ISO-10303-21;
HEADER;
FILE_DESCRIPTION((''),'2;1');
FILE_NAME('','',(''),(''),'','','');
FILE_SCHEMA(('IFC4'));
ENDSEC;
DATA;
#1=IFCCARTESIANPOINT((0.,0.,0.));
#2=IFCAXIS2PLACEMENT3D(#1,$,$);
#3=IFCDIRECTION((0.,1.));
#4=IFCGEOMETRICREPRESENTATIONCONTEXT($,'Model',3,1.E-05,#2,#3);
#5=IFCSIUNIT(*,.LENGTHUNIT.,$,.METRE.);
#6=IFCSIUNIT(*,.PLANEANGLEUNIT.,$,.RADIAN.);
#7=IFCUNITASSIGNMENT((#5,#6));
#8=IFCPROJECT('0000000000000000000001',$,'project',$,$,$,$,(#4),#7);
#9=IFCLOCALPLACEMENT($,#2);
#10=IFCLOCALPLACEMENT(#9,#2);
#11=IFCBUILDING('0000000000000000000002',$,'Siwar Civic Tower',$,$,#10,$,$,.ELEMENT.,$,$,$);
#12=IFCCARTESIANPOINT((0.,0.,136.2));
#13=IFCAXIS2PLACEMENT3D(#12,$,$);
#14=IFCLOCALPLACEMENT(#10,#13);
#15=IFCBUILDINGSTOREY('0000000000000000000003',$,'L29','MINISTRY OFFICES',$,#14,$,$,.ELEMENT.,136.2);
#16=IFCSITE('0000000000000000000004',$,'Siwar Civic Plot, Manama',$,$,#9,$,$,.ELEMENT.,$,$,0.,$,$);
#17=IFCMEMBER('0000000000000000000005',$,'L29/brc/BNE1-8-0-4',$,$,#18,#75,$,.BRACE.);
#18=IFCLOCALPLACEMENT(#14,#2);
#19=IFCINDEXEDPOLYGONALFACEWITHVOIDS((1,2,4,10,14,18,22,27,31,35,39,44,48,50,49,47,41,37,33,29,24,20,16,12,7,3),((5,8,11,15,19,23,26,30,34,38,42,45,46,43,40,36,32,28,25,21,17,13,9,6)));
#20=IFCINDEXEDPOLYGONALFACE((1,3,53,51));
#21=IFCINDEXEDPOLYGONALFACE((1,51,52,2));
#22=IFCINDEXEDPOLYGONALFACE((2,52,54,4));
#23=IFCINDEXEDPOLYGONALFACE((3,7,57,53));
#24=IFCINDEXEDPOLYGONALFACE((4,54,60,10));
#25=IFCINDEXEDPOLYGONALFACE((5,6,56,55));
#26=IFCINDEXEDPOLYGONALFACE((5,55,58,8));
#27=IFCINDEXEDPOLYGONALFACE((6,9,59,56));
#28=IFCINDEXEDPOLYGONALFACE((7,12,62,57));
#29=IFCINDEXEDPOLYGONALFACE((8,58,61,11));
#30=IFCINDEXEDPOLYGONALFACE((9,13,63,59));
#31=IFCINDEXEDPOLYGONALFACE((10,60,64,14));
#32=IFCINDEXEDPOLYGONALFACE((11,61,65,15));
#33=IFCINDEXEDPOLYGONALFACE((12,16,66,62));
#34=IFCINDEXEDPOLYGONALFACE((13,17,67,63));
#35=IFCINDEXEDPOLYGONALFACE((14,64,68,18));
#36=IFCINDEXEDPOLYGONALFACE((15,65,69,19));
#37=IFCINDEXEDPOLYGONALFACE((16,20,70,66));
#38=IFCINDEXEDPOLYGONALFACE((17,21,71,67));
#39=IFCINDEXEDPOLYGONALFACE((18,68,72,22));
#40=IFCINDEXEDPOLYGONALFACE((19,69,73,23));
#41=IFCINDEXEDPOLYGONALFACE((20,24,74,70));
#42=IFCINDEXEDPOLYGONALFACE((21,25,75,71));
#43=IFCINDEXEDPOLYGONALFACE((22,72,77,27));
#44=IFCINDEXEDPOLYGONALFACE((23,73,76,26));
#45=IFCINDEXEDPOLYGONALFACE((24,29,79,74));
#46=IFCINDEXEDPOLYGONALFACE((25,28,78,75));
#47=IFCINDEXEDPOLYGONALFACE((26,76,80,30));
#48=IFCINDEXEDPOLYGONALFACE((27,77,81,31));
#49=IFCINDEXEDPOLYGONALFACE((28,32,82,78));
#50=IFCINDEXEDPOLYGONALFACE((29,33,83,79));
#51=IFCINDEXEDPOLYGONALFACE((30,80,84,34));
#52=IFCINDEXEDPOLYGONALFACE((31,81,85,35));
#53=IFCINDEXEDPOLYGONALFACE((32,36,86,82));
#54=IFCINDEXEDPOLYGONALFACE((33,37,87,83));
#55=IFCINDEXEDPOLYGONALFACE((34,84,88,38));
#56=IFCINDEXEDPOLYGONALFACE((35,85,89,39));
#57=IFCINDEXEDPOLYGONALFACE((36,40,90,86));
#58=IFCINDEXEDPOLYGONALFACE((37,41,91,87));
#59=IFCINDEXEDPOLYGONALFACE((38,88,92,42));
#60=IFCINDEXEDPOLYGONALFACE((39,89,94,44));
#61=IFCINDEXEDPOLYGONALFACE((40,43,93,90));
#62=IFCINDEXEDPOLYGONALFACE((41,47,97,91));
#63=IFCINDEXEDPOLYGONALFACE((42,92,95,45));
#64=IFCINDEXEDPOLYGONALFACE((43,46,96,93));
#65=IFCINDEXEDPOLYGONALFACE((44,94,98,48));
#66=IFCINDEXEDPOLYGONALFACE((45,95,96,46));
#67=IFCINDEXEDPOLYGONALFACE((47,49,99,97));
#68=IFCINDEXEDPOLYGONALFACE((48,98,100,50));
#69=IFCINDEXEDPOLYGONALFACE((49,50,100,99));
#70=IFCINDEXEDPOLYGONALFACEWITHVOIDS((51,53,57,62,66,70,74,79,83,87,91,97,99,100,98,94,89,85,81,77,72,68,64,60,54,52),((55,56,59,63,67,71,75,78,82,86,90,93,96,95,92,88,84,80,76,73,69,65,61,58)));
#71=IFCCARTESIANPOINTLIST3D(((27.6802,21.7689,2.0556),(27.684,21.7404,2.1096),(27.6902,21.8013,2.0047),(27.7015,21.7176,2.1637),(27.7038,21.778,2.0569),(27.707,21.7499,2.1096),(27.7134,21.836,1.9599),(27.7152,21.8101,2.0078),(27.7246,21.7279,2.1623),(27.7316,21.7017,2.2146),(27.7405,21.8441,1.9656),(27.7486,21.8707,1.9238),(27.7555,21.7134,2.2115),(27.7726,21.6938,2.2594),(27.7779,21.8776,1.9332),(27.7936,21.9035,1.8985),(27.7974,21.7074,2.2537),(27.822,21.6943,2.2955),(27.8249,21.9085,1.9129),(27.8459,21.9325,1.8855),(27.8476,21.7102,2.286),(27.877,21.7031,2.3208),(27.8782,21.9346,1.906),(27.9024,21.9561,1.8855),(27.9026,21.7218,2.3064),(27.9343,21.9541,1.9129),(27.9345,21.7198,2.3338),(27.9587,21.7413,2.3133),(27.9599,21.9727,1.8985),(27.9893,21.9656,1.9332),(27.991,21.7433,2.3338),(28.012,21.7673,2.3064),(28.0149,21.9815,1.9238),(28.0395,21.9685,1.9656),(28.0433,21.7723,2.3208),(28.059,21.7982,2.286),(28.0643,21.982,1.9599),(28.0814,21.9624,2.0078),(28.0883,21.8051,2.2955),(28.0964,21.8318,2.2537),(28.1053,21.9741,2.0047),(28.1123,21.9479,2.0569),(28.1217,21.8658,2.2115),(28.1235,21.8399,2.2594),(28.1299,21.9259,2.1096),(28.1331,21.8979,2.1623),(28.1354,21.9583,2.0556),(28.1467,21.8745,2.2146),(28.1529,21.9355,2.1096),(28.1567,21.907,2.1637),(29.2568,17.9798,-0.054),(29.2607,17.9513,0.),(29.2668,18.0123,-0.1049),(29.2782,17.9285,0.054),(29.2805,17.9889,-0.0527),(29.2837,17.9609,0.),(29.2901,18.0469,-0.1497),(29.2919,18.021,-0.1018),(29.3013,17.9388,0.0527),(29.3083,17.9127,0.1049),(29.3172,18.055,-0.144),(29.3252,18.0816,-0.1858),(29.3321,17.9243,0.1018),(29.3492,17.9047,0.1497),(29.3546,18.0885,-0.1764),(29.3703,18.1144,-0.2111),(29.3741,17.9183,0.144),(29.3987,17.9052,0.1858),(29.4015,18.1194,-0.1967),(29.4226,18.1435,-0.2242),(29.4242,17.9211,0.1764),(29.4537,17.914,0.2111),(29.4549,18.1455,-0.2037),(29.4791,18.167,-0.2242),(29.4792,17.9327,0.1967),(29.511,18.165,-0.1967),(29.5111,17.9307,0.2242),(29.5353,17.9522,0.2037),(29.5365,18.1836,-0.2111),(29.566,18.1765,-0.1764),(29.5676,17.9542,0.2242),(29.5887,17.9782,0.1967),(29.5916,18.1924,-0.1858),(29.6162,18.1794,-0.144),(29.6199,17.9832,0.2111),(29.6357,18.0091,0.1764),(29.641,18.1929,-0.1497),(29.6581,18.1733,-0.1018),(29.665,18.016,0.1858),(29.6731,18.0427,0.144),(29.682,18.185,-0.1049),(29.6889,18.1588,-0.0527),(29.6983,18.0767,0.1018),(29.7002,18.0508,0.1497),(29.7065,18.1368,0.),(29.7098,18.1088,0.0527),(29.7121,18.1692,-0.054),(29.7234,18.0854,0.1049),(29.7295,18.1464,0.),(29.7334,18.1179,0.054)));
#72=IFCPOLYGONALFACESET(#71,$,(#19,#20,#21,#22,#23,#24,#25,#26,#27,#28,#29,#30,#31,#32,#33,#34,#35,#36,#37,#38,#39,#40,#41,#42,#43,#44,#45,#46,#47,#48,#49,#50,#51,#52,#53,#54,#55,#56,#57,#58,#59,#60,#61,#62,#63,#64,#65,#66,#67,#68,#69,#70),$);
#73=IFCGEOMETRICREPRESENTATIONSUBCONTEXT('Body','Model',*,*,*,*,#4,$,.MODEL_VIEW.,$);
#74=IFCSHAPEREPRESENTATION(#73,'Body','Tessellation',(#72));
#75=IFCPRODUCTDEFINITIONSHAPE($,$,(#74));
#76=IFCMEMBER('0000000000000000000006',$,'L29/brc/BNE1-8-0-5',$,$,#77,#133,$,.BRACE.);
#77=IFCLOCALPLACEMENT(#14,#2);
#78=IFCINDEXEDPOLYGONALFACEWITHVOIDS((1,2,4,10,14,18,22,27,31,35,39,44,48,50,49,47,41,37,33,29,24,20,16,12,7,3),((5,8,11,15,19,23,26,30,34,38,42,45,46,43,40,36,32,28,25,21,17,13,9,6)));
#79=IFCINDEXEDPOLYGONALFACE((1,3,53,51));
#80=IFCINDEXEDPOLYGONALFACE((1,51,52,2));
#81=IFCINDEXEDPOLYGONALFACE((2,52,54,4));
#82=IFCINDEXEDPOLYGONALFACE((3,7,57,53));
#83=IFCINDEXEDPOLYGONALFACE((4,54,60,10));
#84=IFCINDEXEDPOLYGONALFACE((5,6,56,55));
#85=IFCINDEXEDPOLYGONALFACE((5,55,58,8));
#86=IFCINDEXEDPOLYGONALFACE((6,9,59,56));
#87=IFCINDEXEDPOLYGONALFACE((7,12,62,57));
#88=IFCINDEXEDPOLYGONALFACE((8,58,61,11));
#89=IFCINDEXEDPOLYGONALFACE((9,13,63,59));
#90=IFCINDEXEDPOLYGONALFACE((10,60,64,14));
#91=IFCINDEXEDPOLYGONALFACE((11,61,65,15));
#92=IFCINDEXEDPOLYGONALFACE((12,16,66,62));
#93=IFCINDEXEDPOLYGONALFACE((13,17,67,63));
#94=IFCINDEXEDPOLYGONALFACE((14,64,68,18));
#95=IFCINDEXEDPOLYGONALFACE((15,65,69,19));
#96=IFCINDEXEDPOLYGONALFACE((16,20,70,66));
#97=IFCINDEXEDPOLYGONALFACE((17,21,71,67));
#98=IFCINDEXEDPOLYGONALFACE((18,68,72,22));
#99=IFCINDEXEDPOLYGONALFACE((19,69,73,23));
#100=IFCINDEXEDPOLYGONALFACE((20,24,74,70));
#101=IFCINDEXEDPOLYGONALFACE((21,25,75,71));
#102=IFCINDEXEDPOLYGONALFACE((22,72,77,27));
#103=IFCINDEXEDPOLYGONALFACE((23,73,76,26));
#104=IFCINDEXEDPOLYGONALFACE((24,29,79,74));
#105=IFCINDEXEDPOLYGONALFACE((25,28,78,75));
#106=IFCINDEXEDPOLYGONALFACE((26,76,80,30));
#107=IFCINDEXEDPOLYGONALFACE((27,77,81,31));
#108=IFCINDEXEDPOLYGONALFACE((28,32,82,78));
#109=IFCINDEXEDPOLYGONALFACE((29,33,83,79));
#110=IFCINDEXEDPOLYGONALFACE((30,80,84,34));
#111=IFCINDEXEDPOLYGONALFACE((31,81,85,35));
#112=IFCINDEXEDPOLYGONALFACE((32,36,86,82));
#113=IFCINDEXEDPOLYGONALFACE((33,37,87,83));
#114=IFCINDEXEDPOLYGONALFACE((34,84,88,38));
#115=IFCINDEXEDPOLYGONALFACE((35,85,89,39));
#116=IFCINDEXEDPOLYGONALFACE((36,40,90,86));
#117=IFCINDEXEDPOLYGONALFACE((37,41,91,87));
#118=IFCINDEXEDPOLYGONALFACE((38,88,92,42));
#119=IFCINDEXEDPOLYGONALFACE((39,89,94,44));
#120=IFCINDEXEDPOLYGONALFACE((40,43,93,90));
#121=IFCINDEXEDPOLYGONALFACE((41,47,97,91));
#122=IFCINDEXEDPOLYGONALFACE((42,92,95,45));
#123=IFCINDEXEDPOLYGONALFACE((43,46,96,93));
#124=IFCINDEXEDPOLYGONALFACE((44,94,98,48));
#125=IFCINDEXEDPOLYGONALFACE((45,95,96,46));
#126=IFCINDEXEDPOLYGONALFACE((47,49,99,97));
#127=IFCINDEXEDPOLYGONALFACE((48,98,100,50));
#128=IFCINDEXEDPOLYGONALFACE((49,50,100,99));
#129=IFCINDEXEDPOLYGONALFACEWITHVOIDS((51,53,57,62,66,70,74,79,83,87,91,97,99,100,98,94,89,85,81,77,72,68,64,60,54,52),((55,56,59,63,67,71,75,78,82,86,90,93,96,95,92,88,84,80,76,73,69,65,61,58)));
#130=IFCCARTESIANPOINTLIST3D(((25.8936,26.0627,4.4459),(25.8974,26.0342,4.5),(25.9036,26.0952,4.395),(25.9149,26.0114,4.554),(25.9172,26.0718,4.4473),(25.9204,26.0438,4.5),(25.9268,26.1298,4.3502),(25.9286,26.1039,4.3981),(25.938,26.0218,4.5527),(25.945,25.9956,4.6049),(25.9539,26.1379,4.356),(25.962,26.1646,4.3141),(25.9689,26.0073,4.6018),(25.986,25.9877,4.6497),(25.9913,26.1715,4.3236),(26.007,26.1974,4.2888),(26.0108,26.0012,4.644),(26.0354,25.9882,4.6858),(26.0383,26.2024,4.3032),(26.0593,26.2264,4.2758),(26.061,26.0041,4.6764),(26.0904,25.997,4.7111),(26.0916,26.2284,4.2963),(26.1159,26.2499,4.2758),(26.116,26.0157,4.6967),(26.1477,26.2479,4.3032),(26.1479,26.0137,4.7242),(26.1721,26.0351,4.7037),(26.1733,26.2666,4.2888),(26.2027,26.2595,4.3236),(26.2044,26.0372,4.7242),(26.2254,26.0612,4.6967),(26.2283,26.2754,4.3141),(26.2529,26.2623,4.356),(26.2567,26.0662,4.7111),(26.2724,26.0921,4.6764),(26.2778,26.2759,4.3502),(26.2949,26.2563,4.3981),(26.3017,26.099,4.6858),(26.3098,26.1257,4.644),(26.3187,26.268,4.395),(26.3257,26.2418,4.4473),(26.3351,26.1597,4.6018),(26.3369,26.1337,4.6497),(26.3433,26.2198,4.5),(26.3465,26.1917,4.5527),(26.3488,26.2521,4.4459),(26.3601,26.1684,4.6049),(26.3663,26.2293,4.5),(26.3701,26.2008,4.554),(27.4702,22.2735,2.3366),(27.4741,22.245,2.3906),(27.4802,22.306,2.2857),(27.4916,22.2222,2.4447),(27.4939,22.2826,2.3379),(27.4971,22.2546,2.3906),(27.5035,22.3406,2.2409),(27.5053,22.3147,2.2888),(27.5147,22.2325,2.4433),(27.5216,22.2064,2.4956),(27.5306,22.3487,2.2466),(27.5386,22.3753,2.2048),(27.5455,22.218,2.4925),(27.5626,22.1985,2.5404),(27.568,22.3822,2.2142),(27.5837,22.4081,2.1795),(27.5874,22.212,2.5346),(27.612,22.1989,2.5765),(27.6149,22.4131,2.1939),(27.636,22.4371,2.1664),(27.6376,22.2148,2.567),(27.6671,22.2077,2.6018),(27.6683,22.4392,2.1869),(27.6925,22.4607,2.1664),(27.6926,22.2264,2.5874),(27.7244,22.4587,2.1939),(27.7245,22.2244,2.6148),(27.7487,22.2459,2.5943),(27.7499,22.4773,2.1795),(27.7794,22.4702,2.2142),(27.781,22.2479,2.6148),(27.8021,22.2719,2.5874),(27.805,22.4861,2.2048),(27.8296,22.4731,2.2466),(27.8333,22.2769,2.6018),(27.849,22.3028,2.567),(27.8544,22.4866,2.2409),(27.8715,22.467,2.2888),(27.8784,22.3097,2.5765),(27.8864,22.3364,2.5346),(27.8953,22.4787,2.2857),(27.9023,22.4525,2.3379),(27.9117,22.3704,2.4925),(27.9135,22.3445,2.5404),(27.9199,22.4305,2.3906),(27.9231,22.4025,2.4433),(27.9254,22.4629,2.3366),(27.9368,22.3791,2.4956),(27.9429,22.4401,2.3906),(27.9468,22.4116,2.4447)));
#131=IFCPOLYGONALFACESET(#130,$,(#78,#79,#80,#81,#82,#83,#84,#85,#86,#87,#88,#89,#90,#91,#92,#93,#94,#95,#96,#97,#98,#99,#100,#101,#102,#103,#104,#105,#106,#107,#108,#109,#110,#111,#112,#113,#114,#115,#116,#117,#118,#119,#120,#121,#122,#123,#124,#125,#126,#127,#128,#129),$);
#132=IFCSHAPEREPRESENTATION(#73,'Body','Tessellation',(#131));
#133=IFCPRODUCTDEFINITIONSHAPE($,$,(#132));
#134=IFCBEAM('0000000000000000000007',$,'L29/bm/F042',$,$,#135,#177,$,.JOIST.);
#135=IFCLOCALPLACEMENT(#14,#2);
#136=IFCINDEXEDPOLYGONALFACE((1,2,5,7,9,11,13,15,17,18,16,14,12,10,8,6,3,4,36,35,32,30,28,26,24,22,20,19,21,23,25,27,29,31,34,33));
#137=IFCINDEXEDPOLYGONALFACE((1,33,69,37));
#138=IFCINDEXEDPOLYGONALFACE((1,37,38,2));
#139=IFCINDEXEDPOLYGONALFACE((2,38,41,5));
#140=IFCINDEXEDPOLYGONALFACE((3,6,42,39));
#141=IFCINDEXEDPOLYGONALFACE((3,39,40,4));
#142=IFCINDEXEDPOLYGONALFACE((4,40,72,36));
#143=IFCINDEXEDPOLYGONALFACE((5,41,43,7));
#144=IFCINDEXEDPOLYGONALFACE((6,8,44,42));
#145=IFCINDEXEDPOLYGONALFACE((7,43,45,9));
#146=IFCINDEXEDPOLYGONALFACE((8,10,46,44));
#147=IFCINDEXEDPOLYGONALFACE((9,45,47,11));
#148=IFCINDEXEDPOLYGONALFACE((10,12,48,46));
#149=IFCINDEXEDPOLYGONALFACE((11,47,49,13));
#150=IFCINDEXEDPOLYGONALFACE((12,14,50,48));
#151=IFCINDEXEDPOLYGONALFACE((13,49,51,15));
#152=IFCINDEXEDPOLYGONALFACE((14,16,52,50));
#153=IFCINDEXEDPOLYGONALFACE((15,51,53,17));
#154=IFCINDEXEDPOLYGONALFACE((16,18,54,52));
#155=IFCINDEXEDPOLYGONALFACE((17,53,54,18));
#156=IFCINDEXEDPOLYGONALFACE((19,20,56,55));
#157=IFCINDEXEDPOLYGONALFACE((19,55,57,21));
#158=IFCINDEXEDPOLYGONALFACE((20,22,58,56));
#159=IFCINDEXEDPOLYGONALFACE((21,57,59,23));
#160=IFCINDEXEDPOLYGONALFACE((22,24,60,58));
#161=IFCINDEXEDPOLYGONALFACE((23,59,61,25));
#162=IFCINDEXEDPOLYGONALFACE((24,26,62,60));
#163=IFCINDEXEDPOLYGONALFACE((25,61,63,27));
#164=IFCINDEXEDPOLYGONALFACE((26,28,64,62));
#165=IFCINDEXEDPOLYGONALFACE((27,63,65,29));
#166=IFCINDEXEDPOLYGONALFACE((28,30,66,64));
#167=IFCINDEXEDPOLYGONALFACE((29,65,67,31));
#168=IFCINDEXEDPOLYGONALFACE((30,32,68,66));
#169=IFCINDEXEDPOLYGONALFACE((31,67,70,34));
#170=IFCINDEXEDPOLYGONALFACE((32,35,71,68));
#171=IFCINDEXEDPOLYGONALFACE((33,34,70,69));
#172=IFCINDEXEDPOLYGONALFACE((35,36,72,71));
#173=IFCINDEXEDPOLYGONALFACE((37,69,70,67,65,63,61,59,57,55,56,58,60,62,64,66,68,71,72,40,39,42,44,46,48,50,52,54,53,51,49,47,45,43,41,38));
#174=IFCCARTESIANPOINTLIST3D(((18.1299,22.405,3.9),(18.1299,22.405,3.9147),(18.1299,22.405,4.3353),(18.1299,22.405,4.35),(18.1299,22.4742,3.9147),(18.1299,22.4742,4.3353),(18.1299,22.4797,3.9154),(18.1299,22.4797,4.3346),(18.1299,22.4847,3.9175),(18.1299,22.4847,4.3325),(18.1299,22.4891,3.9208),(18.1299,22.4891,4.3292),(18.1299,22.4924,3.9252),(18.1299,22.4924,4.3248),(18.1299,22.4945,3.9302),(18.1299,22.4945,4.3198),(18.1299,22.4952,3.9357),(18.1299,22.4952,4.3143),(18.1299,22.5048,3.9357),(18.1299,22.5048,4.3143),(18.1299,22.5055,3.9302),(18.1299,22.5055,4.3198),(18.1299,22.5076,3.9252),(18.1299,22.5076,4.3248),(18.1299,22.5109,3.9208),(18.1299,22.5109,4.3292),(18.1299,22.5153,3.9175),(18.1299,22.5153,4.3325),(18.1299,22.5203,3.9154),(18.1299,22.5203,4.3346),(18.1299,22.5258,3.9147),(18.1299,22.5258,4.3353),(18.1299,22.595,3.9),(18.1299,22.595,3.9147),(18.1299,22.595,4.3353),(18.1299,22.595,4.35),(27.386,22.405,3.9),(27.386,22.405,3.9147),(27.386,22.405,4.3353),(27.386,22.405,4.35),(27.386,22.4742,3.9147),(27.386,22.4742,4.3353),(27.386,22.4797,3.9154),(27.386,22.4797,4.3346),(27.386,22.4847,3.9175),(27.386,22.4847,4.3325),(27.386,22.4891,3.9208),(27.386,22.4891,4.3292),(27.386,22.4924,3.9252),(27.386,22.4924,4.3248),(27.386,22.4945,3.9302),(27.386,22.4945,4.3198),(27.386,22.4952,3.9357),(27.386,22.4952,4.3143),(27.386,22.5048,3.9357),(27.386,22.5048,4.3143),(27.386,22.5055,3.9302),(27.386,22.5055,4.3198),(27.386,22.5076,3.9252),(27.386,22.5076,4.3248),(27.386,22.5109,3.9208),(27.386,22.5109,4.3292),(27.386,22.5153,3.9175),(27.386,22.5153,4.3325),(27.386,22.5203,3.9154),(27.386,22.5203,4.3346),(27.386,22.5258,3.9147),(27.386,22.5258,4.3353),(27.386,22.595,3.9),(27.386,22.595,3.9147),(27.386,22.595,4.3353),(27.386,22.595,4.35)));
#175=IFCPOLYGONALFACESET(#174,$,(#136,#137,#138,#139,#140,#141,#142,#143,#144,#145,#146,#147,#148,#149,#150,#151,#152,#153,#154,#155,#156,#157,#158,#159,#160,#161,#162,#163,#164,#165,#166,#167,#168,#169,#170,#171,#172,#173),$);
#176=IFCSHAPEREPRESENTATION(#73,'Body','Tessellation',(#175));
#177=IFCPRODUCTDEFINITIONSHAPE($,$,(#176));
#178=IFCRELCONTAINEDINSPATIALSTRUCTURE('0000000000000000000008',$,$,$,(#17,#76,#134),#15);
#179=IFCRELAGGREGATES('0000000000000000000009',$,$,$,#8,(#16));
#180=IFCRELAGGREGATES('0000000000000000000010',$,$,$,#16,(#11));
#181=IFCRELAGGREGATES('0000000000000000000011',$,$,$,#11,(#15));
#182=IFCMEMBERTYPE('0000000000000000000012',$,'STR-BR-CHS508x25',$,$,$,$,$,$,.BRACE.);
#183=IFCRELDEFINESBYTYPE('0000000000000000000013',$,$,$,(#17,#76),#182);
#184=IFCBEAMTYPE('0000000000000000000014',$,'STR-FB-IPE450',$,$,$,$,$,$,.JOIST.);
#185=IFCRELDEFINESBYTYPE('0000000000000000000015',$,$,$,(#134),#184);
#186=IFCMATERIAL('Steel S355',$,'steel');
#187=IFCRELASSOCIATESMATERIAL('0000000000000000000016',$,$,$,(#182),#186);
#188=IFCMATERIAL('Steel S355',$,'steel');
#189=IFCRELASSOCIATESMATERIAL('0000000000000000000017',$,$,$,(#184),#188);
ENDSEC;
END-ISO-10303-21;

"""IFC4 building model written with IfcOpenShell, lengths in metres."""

from ifc_helpers import new_model, si_unit, direction, frame, origin, origin_2d, place, context, subcontext, project, spatial, hollow_circle, i_section, extrude, material, material_profile, profile_set, type_object, element, save


model = new_model("IFC4")

# Units and contexts
model_context = context("Model", 3, precision=1e-05, world=origin(), true_north=direction((0.0, 1.0)))
body_context = subcontext(model_context, "Body", "Model", "MODEL_VIEW")
ifc_project = project(units=[si_unit("LENGTHUNIT", "METRE"), si_unit("PLANEANGLEUNIT", "RADIAN")], contexts=[model_context])

# Site, building, storey
site_placement = place(None, origin())
site = spatial("IfcSite", under=ifc_project, at=site_placement, Name="Siwar Civic Plot, Manama", CompositionType="ELEMENT", RefElevation=0.0)
building_placement = place(site_placement, origin())
building = spatial("IfcBuilding", under=site, at=building_placement, Name="Siwar Civic Tower", CompositionType="ELEMENT")
storey_placement = place(building_placement, frame((0.0, 0.0, 136.2)))
storey = spatial("IfcBuildingStorey", under=building, at=storey_placement, Name="L29", Description="MINISTRY OFFICES", CompositionType="ELEMENT", Elevation=136.2)

# Members
ifc_material_1 = material(Name="Steel S355", Category="steel")
ifc_material_profile_1 = material_profile(ifc_material_1, hollow_circle(Radius=0.2539, WallThickness=0.0249, at=origin_2d()), Name="CHS508x25")
ifc_profile_set_1 = profile_set([ifc_material_profile_1], Name="Steel S355")
member_type_1 = type_object("IfcMemberType", Name="STR-BR-CHS508x25", PredefinedType="BRACE", material=ifc_profile_set_1)
for number, where, z_axis, x_axis, name in (
    (1, (29.4951, 18.0488, 0.0), (-0.341677, 0.821126, 0.457175), (-0.92326, -0.384176, 0.0), "L29/brc/BNE1-8-0-4"),
    (2, (27.7085, 22.3425, 2.3906), (-0.341671, 0.821163, 0.457113), (-0.923269, -0.384155, 0.0), "L29/brc/BNE1-8-0-5"),
):
    element("IfcMember", number, at=place(storey_placement, frame(where, z_axis=z_axis, x_axis=x_axis)), inside=storey, type_object=member_type_1, Name=name, PredefinedType="BRACE", context=body_context, shape_type="SweptSolid", body=[
        extrude(hollow_circle(Radius=0.2539, WallThickness=0.0249, at=origin_2d()), origin(), (0.0, 0.0, 1.0), 4.6145),
    ])

# Beam
ifc_material_2 = material(Name="Steel S355", Category="steel")
ifc_material_profile_2 = material_profile(ifc_material_2, i_section(OverallWidth=0.1899, OverallDepth=0.45, WebThickness=0.0095, FlangeThickness=0.0146, FilletRadius=0.021, at=origin_2d()), Name="IPE450")
ifc_profile_set_2 = profile_set([ifc_material_profile_2], Name="Steel S355")
beam_type_1 = type_object("IfcBeamType", Name="STR-FB-IPE450", PredefinedType="JOIST", material=ifc_profile_set_2)
beam_1_placement = place(storey_placement, frame((18.1299, 22.5, 4.125), z_axis=(1.0, 0.0, 0.0), x_axis=(0.0, 1.0, 0.0)))
element("IfcBeam", 3, at=beam_1_placement, inside=storey, type_object=beam_type_1, Name="L29/bm/F042", PredefinedType="JOIST", context=body_context, shape_type="SweptSolid", body=[
    extrude(i_section(OverallWidth=0.1899, OverallDepth=0.45, WebThickness=0.0095, FlangeThickness=0.0146, FilletRadius=0.021, at=origin_2d()), origin(), (0.0, 0.0, 1.0), 9.2561),
])

save(model, "model.ifc")
